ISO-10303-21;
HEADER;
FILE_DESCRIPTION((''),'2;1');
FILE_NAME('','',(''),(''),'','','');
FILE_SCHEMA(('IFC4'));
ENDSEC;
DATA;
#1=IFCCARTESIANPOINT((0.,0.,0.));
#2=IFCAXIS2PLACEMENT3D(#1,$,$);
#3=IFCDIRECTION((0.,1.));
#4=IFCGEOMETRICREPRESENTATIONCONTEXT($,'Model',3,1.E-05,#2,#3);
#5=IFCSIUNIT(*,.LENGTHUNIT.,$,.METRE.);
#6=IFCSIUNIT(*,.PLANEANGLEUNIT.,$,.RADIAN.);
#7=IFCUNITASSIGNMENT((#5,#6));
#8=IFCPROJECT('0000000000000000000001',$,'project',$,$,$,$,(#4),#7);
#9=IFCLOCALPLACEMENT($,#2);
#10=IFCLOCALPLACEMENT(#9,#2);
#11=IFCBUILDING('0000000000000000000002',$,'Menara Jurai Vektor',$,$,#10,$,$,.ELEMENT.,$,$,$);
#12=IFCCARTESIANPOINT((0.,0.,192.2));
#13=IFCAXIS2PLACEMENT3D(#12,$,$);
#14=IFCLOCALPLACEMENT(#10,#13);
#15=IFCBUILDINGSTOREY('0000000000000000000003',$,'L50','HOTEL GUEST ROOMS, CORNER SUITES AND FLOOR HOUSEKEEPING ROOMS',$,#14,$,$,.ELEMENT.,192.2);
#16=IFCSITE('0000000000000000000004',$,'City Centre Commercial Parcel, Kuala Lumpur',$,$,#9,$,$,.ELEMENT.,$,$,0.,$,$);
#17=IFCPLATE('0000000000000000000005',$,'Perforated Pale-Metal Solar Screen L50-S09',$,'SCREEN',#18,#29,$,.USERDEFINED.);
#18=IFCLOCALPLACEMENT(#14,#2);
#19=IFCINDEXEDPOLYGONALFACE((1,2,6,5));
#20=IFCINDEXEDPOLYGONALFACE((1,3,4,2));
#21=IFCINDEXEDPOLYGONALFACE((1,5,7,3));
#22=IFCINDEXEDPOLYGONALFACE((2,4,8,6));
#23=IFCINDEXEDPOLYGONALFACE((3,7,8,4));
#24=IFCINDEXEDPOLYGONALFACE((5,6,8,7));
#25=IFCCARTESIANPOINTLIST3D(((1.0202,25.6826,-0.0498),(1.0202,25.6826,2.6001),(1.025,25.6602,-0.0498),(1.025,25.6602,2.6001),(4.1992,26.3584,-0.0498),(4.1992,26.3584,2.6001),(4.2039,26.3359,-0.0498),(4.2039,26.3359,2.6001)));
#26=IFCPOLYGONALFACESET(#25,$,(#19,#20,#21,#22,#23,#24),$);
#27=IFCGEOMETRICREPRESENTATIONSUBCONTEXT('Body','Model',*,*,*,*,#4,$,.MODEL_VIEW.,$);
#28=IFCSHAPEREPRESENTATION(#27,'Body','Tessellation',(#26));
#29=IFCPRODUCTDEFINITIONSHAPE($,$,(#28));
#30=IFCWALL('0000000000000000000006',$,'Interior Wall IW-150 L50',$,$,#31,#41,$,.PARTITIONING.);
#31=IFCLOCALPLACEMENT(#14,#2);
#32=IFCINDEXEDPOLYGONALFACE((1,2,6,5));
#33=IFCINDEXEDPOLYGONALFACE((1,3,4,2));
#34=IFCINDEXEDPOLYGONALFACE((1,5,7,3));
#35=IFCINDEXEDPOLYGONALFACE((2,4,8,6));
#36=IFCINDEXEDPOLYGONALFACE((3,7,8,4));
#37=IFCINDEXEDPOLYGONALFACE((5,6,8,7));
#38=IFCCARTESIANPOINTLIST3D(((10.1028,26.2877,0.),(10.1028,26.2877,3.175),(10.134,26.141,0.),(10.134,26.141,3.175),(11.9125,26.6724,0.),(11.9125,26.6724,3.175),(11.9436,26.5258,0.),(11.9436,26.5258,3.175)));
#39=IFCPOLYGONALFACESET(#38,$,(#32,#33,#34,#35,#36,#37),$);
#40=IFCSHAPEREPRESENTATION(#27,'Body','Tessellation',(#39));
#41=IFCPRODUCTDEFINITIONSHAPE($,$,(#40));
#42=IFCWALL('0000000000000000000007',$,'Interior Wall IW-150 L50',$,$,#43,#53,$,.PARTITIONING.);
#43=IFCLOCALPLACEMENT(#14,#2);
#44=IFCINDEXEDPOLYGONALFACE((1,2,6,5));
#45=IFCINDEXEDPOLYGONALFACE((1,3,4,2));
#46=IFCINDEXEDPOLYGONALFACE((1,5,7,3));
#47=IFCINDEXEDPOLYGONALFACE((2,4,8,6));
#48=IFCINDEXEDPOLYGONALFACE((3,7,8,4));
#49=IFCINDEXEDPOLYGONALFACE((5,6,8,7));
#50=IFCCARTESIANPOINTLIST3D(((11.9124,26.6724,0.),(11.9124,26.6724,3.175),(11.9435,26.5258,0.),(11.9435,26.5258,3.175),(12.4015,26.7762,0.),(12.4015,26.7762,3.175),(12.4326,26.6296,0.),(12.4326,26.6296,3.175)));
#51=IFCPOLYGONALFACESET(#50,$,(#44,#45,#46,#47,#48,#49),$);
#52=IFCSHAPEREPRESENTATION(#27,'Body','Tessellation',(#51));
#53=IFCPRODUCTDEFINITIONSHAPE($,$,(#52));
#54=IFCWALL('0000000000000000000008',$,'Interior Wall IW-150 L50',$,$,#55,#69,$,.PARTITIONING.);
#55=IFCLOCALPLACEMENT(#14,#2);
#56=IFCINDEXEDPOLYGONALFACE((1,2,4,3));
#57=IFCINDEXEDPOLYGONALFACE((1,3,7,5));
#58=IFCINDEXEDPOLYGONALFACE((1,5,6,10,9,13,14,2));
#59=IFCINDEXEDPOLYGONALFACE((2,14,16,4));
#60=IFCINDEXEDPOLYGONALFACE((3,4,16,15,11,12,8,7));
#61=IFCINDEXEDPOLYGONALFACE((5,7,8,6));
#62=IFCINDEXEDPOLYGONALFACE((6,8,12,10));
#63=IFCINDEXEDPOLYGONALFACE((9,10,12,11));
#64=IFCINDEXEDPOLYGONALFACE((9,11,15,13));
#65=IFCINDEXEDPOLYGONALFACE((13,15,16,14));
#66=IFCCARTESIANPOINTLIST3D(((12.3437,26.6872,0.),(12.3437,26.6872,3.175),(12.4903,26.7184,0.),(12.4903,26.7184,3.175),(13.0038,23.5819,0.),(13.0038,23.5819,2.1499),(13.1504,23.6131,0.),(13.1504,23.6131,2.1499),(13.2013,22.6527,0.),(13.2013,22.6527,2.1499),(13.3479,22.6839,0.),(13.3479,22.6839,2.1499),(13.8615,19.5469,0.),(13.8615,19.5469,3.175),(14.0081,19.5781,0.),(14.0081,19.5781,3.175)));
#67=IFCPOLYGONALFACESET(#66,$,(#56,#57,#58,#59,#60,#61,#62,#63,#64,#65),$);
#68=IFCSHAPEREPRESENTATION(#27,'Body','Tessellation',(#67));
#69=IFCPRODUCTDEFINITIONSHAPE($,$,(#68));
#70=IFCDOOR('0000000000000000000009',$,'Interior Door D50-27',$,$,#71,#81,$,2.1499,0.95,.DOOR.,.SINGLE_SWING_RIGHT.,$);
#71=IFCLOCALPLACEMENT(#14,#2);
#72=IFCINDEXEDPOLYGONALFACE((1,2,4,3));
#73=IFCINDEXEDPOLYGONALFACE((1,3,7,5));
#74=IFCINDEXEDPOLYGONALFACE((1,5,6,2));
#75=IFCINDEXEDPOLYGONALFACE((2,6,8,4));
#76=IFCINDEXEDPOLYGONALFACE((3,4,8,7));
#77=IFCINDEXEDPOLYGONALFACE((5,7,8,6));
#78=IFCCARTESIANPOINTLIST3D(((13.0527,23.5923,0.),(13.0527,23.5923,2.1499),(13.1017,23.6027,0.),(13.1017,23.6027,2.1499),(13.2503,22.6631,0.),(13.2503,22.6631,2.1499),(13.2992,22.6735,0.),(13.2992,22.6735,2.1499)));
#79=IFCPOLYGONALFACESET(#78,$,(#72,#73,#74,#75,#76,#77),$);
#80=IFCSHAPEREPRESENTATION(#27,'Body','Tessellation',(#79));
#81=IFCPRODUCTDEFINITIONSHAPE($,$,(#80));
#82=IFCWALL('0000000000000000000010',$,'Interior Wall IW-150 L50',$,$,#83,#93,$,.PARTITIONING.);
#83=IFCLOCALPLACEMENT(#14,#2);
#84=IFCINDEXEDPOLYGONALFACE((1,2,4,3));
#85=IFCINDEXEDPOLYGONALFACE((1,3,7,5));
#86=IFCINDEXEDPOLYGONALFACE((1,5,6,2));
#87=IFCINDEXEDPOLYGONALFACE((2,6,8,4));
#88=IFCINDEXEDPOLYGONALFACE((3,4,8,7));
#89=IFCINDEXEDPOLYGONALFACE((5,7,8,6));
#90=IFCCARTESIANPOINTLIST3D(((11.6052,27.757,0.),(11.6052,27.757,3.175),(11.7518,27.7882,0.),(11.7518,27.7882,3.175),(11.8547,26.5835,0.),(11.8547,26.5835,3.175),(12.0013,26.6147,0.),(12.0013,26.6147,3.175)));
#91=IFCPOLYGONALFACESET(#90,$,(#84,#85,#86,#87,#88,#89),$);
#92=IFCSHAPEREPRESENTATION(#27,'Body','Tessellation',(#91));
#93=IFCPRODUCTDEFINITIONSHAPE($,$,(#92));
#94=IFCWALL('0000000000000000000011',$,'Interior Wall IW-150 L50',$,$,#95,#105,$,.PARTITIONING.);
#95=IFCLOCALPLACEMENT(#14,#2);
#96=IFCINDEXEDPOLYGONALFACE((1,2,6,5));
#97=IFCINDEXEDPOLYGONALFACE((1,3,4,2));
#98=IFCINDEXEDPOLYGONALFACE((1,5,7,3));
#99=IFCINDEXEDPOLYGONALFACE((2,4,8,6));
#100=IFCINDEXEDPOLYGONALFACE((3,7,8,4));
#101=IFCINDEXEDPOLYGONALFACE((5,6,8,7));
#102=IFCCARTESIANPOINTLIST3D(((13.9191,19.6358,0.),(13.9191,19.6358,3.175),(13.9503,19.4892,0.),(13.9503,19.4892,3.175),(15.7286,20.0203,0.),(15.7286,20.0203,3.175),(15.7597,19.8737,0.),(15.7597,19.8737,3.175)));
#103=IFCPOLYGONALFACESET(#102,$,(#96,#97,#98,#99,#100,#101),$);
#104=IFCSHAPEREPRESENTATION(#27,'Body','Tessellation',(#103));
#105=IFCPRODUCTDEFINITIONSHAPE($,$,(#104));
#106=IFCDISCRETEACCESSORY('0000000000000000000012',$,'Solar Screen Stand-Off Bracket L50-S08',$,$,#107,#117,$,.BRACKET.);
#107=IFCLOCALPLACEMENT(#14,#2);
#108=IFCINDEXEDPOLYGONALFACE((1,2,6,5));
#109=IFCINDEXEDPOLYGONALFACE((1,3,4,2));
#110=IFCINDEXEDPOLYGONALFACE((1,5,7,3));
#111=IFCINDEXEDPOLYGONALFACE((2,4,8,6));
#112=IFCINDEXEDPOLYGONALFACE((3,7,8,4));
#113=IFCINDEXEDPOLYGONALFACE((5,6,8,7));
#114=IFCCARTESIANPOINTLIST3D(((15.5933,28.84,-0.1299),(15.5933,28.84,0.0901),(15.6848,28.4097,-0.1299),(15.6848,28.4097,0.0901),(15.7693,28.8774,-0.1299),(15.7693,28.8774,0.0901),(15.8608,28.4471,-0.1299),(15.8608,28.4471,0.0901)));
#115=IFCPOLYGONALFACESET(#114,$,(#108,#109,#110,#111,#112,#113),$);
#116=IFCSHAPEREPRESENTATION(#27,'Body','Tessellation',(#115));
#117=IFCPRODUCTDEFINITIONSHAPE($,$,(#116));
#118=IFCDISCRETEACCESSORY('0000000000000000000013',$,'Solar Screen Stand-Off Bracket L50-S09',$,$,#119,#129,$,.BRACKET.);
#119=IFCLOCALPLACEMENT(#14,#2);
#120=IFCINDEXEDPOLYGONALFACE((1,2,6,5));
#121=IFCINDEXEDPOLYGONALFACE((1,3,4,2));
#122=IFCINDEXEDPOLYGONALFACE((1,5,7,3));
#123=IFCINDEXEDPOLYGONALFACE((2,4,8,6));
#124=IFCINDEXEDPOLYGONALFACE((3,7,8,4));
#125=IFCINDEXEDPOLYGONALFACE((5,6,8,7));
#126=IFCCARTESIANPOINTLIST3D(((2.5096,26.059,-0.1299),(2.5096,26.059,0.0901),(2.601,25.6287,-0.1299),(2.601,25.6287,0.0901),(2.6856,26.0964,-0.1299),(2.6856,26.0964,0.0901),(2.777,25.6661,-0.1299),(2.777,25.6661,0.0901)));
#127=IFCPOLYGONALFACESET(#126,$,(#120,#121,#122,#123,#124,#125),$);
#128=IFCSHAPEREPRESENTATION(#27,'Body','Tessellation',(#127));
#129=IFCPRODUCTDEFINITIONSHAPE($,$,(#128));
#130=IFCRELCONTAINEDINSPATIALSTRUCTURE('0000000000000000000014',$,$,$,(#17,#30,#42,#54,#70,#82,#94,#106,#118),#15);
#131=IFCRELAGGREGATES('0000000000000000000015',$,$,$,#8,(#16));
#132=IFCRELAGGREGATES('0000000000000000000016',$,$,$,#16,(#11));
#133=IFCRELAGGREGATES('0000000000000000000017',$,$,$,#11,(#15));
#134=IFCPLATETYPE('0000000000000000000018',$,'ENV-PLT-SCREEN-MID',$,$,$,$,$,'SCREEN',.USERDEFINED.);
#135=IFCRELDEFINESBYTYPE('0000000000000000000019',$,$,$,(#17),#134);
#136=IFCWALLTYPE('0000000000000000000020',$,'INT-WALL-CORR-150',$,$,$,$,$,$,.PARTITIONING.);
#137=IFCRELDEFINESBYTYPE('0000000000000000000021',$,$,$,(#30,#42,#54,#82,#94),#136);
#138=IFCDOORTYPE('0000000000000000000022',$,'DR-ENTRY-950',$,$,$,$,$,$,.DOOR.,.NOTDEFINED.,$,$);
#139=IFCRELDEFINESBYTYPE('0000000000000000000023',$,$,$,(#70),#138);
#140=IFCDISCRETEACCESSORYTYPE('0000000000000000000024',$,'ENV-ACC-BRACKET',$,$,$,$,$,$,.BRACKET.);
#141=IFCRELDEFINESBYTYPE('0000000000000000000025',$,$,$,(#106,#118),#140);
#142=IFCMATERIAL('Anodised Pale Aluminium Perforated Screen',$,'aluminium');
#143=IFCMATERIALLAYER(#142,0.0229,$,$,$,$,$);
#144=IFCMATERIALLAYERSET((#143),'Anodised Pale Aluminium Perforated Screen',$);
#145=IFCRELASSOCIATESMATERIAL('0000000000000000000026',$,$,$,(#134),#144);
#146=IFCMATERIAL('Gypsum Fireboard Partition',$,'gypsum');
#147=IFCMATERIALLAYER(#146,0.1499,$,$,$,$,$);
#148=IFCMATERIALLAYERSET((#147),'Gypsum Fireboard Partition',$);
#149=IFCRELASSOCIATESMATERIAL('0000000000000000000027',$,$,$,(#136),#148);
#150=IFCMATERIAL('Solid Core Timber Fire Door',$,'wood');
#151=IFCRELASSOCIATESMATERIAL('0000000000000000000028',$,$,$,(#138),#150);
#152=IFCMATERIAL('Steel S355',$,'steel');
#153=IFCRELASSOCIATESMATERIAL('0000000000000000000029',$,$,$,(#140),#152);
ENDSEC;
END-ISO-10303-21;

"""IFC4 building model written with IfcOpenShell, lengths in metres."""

from ifc_helpers import new_model, si_unit, direction, frame, frame_2d, origin, origin_2d, place, context, subcontext, project, spatial, rectangle, extrude, material, layer, layer_set, type_object, element, fill, save


model = new_model("IFC4")

# Units and contexts
model_context = context("Model", 3, precision=1e-05, world=origin(), true_north=direction((0.0, 1.0)))
body_context = subcontext(model_context, "Body", "Model", "MODEL_VIEW")
ifc_project = project(units=[si_unit("LENGTHUNIT", "METRE"), si_unit("PLANEANGLEUNIT", "RADIAN")], contexts=[model_context])

# Site, building, storey
site_placement = place(None, origin())
site = spatial("IfcSite", under=ifc_project, at=site_placement, Name="City Centre Commercial Parcel, Kuala Lumpur", CompositionType="ELEMENT", RefElevation=0.0)
building_placement = place(site_placement, origin())
building = spatial("IfcBuilding", under=site, at=building_placement, Name="Menara Jurai Vektor", CompositionType="ELEMENT")
storey_placement = place(building_placement, frame((0.0, 0.0, 192.2)))
storey = spatial("IfcBuildingStorey", under=building, at=storey_placement, Name="L50", Description="HOTEL GUEST ROOMS, CORNER SUITES AND FLOOR HOUSEKEEPING ROOMS", CompositionType="ELEMENT", Elevation=192.2)

# Shared definitions
ifc_material_1 = material(Name="Steel S355", Category="steel")

# Plate
ifc_material_2 = material(Name="Anodised Pale Aluminium Perforated Screen", Category="aluminium")
ifc_layer_1 = layer(ifc_material_2, 0.0229)
ifc_layer_set_1 = layer_set([ifc_layer_1], Name="Anodised Pale Aluminium Perforated Screen")
plate_type_1 = type_object("IfcPlateType", Name="ENV-PLT-SCREEN-MID", ElementType="SCREEN", PredefinedType="USERDEFINED", material=ifc_layer_set_1)
for number, where, z_axis, x_axis, name in (
    (1, (2.6121, 26.0093, -0.0498), (0.0, 0.0, 1.0), (-0.978148, -0.207912, 0.0), "Perforated Pale-Metal Solar Screen L50-S09"),
):
    element("IfcPlate", number, at=place(storey_placement, frame(where, z_axis=z_axis, x_axis=x_axis)), inside=storey, type_object=plate_type_1, Name=name, ObjectType="SCREEN", PredefinedType="USERDEFINED", context=body_context, shape_type="SweptSolid", body=[
        extrude(rectangle(XDim=3.25, YDim=0.0229, at=origin_2d()), origin(), (0.0, 0.0, 1.0), 2.6499),
    ])

# Walls
ifc_material_3 = material(Name="Gypsum Fireboard Partition", Category="gypsum")
ifc_layer_2 = layer(ifc_material_3, 0.1499)
ifc_layer_set_2 = layer_set([ifc_layer_2], Name="Gypsum Fireboard Partition")
wall_type = type_object("IfcWallType", Name="INT-WALL-CORR-150", PredefinedType="PARTITIONING", material=ifc_layer_set_2)
wall_1_placement = place(storey_placement, frame((10.1184, 26.2144, 0.0), z_axis=(0.0, 0.0, 1.0), x_axis=(0.978133, 0.207979, 0.0)))
element("IfcWall", 2, at=wall_1_placement, inside=storey, type_object=wall_type, Name="Interior Wall IW-150 L50", PredefinedType="PARTITIONING", context=body_context, shape_type="SweptSolid", body=[
    extrude(rectangle(XDim=1.8501, YDim=0.1499, at=frame_2d((0.925, 0.0))), origin(), (0.0, 0.0, 1.0), 3.175),
])
wall_2_placement = place(storey_placement, frame((11.928, 26.5991, 0.0), z_axis=(0.0, 0.0, 1.0), x_axis=(0.978222, 0.207561, 0.0)))
element("IfcWall", 3, at=wall_2_placement, inside=storey, type_object=wall_type, Name="Interior Wall IW-150 L50", PredefinedType="PARTITIONING", context=body_context, shape_type="SweptSolid", body=[
    extrude(rectangle(XDim=0.5, YDim=0.1499, at=frame_2d((0.25, 0.0))), origin(), (0.0, 0.0, 1.0), 3.175),
])

# Wall, opening, door
wall_3_placement = place(storey_placement, frame((13.9348, 19.5625, 0.0), z_axis=(0.0, 0.0, 1.0), x_axis=(-0.207923, 0.978145, 0.0)))
wall_3 = element("IfcWall", 4, at=wall_3_placement, inside=storey, type_object=wall_type, Name="Interior Wall IW-150 L50", PredefinedType="PARTITIONING", context=body_context, shape_type="SweptSolid", body=[
    extrude(rectangle(XDim=7.2998, YDim=0.1499, at=frame_2d((3.6499, 0.0))), origin(), (0.0, 0.0, 1.0), 3.175),
])
opening_placement = place(wall_3_placement, frame((3.175, 0.0, 0.0)))
opening = element("IfcOpeningElement", 5, at=opening_placement, cuts=wall_3, PredefinedType="OPENING", context=body_context, shape_type="SweptSolid", body=[
    extrude(rectangle(XDim=0.95, YDim=2.1499, at=frame_2d((0.4751, 1.075))), frame((0.0, 0.085, 0.0), z_axis=(0.0, -1.0, 0.0), x_axis=(1.0, 0.0, 0.0)), (0.0, 0.0, 1.0), 0.1699),
])
ifc_material_4 = material(Name="Solid Core Timber Fire Door", Category="wood")
door_type = type_object("IfcDoorType", Name="DR-ENTRY-950", OperationType="NOTDEFINED", PredefinedType="DOOR", material=ifc_material_4)
door_placement = place(opening_placement, origin())
door = element("IfcDoor", 6, at=door_placement, inside=storey, type_object=door_type, Name="Interior Door D50-27", OperationType="SINGLE_SWING_RIGHT", OverallHeight=2.1499, OverallWidth=0.95, PredefinedType="DOOR", context=body_context, shape_type="SweptSolid", body=[
    extrude(rectangle(XDim=0.95, YDim=2.1499, at=frame_2d((0.4751, 1.075))), frame((0.0, 0.0249, 0.0), z_axis=(0.0, -1.0, 0.0), x_axis=(1.0, 0.0, 0.0)), (0.0, 0.0, 1.0), 0.05),
])
fill(opening, door)

# Walls
wall_4_placement = place(storey_placement, frame((11.928, 26.5991, 0.0), z_axis=(0.0, 0.0, 1.0), x_axis=(-0.207959, 0.978138, 0.0)))
element("IfcWall", 7, at=wall_4_placement, inside=storey, type_object=wall_type, Name="Interior Wall IW-150 L50", PredefinedType="PARTITIONING", context=body_context, shape_type="SweptSolid", body=[
    extrude(rectangle(XDim=1.1997, YDim=0.1499, at=frame_2d((0.5999, 0.0))), origin(), (0.0, 0.0, 1.0), 3.175),
])
wall_5_placement = place(storey_placement, frame((13.9348, 19.5625, 0.0), z_axis=(0.0, 0.0, 1.0), x_axis=(0.97816, 0.207852, 0.0)))
element("IfcWall", 8, at=wall_5_placement, inside=storey, type_object=wall_type, Name="Interior Wall IW-150 L50", PredefinedType="PARTITIONING", context=body_context, shape_type="SweptSolid", body=[
    extrude(rectangle(XDim=1.8499, YDim=0.1499, at=frame_2d((0.9248, 0.0))), origin(), (0.0, 0.0, 1.0), 3.175),
])

# Discrete accessories
discrete_accessory_type = type_object("IfcDiscreteAccessoryType", Name="ENV-ACC-BRACKET", PredefinedType="BRACKET", material=ifc_material_1)
for number, where, z_axis, x_axis, name in (
    (9, (15.7271, 28.6436, -0.1299), (0.0, 0.0, 1.0), (-0.978148, -0.207912, 0.0), "Solar Screen Stand-Off Bracket L50-S08"),
    (10, (2.6433, 25.8625, -0.1299), (0.0, 0.0, 1.0), (-0.978148, -0.207912, 0.0), "Solar Screen Stand-Off Bracket L50-S09"),
):
    element("IfcDiscreteAccessory", number, at=place(storey_placement, frame(where, z_axis=z_axis, x_axis=x_axis)), inside=storey, type_object=discrete_accessory_type, Name=name, PredefinedType="BRACKET", context=body_context, shape_type="SweptSolid", body=[
        extrude(rectangle(XDim=0.1799, YDim=0.4399, at=origin_2d()), origin(), (0.0, 0.0, 1.0), 0.22),
    ])

save(model, "model.ifc")
